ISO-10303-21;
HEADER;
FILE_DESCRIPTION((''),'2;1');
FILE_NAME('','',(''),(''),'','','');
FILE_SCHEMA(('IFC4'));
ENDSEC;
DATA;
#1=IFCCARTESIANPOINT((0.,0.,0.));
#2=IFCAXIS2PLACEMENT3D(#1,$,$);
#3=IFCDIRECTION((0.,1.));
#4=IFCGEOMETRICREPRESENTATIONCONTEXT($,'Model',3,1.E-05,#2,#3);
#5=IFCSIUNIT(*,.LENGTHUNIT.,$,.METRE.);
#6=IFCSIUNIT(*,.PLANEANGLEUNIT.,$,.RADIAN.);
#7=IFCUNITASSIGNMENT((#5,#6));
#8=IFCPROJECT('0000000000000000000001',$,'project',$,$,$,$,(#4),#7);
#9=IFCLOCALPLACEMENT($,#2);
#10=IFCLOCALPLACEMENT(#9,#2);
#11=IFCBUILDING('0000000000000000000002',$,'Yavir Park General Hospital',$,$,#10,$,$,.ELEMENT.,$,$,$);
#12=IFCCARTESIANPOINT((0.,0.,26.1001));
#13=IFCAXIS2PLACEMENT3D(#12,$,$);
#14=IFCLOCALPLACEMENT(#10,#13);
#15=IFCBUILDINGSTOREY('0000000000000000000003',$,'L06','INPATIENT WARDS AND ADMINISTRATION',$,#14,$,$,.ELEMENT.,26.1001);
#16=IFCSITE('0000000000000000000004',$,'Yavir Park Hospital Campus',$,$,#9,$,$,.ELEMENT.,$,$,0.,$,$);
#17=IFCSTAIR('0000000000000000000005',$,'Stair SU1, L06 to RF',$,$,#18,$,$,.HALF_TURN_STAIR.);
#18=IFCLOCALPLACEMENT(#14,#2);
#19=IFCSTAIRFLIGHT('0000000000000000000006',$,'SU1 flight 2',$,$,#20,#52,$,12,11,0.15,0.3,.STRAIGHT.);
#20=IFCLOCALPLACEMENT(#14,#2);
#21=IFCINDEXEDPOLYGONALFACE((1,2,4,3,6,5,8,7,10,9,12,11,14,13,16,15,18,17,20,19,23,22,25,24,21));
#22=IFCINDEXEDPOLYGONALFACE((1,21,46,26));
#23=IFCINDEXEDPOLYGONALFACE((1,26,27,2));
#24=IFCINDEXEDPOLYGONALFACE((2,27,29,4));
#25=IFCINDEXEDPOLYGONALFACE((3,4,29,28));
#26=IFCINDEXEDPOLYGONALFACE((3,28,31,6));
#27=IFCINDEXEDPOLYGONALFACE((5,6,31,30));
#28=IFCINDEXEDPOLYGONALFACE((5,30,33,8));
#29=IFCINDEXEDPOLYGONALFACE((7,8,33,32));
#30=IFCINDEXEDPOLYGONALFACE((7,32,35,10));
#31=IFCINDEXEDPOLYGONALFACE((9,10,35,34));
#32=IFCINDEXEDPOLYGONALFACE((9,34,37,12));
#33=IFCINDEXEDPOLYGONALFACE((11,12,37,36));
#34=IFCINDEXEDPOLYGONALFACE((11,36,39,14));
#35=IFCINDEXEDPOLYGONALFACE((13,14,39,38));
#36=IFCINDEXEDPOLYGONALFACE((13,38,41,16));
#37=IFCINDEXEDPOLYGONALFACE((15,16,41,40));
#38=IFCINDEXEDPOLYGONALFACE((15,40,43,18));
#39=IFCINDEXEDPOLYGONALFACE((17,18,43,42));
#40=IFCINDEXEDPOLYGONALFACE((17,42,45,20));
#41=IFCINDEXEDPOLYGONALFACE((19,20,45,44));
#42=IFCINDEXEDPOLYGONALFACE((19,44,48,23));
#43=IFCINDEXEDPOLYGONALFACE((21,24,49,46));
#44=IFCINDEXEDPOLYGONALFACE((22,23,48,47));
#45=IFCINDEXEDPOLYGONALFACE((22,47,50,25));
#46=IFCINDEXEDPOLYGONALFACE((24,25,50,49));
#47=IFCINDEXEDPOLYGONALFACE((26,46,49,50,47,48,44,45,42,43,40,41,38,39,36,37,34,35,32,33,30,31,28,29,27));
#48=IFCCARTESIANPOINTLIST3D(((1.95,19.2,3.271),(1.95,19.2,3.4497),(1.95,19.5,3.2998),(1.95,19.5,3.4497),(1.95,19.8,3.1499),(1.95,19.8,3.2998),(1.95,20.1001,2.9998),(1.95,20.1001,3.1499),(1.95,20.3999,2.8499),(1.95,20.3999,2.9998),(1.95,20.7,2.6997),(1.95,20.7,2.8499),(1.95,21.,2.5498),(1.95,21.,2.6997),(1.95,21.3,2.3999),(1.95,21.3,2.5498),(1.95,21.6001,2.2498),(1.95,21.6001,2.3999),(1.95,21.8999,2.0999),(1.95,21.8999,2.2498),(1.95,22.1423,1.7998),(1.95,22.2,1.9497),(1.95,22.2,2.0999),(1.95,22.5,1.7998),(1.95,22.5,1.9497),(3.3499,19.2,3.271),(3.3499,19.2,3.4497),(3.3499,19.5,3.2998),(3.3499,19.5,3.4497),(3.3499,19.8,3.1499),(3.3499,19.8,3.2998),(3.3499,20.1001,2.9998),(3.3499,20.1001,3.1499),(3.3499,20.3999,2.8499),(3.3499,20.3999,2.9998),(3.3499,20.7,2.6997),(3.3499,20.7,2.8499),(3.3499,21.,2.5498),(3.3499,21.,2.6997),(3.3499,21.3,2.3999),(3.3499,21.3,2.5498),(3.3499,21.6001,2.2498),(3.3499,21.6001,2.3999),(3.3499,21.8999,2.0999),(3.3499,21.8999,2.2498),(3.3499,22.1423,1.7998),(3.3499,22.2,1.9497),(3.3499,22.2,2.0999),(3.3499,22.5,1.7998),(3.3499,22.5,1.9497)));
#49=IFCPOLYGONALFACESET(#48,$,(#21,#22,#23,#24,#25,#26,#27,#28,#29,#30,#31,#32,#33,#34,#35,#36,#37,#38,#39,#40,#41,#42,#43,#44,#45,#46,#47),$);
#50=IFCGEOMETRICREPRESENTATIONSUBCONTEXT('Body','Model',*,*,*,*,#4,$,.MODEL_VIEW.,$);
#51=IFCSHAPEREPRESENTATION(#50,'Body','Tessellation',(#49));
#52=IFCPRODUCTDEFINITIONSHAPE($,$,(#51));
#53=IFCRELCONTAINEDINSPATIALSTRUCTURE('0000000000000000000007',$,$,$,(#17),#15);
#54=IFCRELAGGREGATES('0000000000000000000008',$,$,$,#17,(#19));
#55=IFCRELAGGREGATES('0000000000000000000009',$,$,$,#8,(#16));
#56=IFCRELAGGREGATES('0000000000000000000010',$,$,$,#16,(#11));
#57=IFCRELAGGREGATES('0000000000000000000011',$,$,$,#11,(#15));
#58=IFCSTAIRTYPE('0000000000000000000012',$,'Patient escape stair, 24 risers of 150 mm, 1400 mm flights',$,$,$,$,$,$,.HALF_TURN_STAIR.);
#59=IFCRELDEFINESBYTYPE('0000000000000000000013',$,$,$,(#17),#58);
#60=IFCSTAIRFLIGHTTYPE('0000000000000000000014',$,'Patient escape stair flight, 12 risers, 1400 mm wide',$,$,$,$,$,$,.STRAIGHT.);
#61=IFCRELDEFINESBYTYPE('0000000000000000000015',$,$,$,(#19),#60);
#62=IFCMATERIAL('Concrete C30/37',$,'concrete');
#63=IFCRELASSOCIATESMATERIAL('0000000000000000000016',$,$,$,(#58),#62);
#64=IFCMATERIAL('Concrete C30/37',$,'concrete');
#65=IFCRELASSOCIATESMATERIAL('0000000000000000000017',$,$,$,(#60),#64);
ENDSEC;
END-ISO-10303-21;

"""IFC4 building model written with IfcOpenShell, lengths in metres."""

from ifc_helpers import new_model, si_unit, direction, frame, origin, place, context, subcontext, project, spatial, polyline, outline, extrude, material, type_object, element, aggregate, save


model = new_model("IFC4")

# Units and contexts
model_context = context("Model", 3, precision=1e-05, world=origin(), true_north=direction((0.0, 1.0)))
body_context = subcontext(model_context, "Body", "Model", "MODEL_VIEW")
ifc_project = project(units=[si_unit("LENGTHUNIT", "METRE"), si_unit("PLANEANGLEUNIT", "RADIAN")], contexts=[model_context])

# Site, building, storey
site_placement = place(None, origin())
site = spatial("IfcSite", under=ifc_project, at=site_placement, Name="Yavir Park Hospital Campus", CompositionType="ELEMENT", RefElevation=0.0)
building_placement = place(site_placement, origin())
building = spatial("IfcBuilding", under=site, at=building_placement, Name="Yavir Park General Hospital", CompositionType="ELEMENT")
storey_placement = place(building_placement, frame((0.0, 0.0, 26.1001)))
storey = spatial("IfcBuildingStorey", under=building, at=storey_placement, Name="L06", Description="INPATIENT WARDS AND ADMINISTRATION", CompositionType="ELEMENT", Elevation=26.1001)

# Stair, stair flight
ifc_material_1 = material(Name="Concrete C30/37", Category="concrete")
stair_type = type_object("IfcStairType", Name="Patient escape stair, 24 risers of 150 mm, 1400 mm flights", PredefinedType="HALF_TURN_STAIR", material=ifc_material_1)
stair_placement = place(storey_placement, origin())
stair = element("IfcStair", 1, at=stair_placement, inside=storey, type_object=stair_type, Name="Stair SU1, L06 to RF", PredefinedType="HALF_TURN_STAIR")
ifc_material_2 = material(Name="Concrete C30/37", Category="concrete")
stair_flight_type = type_object("IfcStairFlightType", Name="Patient escape stair flight, 12 risers, 1400 mm wide", PredefinedType="STRAIGHT", material=ifc_material_2)
stair_flight_placement = place(storey_placement, frame((2.6499, 22.5, 1.7998), z_axis=(0.0, 0.0, 1.0), x_axis=(0.0, -1.0, 0.0)))
stair_flight = element("IfcStairFlight", 2, at=stair_flight_placement, type_object=stair_flight_type, Name="SU1 flight 2", NumberOfRisers=12, NumberOfTreads=11, PredefinedType="STRAIGHT", RiserHeight=0.15, TreadLength=0.3, context=body_context, shape_type="SweptSolid", body=[
    extrude(outline(polyline([(0.0, 0.0), (0.0, 0.1499), (0.3, 0.1499), (0.3, 0.3), (0.6001, 0.3), (0.6001, 0.45), (0.8999, 0.45), (0.8999, 0.6001), (1.2, 0.6001), (1.2, 0.75), (1.5, 0.75), (1.5, 0.8999), (1.8, 0.8999), (1.8, 1.05), (2.1001, 1.05), (2.1001, 1.2), (2.3999, 1.2), (2.3999, 1.3501), (2.7, 1.3501), (2.7, 1.5), (3.0, 1.5), (3.0, 1.6499), (3.3, 1.6499), (3.3, 1.8), (3.3, 1.4712), (0.3577, 0.0), (0.0, 0.0)])), frame((0.0, 0.7, 0.0), z_axis=(0.0, -1.0, 0.0), x_axis=(1.0, 0.0, 0.0)), (0.0, 0.0, 1.0), 1.3999),
])
aggregate(stair, [stair_flight])

save(model, "model.ifc")
